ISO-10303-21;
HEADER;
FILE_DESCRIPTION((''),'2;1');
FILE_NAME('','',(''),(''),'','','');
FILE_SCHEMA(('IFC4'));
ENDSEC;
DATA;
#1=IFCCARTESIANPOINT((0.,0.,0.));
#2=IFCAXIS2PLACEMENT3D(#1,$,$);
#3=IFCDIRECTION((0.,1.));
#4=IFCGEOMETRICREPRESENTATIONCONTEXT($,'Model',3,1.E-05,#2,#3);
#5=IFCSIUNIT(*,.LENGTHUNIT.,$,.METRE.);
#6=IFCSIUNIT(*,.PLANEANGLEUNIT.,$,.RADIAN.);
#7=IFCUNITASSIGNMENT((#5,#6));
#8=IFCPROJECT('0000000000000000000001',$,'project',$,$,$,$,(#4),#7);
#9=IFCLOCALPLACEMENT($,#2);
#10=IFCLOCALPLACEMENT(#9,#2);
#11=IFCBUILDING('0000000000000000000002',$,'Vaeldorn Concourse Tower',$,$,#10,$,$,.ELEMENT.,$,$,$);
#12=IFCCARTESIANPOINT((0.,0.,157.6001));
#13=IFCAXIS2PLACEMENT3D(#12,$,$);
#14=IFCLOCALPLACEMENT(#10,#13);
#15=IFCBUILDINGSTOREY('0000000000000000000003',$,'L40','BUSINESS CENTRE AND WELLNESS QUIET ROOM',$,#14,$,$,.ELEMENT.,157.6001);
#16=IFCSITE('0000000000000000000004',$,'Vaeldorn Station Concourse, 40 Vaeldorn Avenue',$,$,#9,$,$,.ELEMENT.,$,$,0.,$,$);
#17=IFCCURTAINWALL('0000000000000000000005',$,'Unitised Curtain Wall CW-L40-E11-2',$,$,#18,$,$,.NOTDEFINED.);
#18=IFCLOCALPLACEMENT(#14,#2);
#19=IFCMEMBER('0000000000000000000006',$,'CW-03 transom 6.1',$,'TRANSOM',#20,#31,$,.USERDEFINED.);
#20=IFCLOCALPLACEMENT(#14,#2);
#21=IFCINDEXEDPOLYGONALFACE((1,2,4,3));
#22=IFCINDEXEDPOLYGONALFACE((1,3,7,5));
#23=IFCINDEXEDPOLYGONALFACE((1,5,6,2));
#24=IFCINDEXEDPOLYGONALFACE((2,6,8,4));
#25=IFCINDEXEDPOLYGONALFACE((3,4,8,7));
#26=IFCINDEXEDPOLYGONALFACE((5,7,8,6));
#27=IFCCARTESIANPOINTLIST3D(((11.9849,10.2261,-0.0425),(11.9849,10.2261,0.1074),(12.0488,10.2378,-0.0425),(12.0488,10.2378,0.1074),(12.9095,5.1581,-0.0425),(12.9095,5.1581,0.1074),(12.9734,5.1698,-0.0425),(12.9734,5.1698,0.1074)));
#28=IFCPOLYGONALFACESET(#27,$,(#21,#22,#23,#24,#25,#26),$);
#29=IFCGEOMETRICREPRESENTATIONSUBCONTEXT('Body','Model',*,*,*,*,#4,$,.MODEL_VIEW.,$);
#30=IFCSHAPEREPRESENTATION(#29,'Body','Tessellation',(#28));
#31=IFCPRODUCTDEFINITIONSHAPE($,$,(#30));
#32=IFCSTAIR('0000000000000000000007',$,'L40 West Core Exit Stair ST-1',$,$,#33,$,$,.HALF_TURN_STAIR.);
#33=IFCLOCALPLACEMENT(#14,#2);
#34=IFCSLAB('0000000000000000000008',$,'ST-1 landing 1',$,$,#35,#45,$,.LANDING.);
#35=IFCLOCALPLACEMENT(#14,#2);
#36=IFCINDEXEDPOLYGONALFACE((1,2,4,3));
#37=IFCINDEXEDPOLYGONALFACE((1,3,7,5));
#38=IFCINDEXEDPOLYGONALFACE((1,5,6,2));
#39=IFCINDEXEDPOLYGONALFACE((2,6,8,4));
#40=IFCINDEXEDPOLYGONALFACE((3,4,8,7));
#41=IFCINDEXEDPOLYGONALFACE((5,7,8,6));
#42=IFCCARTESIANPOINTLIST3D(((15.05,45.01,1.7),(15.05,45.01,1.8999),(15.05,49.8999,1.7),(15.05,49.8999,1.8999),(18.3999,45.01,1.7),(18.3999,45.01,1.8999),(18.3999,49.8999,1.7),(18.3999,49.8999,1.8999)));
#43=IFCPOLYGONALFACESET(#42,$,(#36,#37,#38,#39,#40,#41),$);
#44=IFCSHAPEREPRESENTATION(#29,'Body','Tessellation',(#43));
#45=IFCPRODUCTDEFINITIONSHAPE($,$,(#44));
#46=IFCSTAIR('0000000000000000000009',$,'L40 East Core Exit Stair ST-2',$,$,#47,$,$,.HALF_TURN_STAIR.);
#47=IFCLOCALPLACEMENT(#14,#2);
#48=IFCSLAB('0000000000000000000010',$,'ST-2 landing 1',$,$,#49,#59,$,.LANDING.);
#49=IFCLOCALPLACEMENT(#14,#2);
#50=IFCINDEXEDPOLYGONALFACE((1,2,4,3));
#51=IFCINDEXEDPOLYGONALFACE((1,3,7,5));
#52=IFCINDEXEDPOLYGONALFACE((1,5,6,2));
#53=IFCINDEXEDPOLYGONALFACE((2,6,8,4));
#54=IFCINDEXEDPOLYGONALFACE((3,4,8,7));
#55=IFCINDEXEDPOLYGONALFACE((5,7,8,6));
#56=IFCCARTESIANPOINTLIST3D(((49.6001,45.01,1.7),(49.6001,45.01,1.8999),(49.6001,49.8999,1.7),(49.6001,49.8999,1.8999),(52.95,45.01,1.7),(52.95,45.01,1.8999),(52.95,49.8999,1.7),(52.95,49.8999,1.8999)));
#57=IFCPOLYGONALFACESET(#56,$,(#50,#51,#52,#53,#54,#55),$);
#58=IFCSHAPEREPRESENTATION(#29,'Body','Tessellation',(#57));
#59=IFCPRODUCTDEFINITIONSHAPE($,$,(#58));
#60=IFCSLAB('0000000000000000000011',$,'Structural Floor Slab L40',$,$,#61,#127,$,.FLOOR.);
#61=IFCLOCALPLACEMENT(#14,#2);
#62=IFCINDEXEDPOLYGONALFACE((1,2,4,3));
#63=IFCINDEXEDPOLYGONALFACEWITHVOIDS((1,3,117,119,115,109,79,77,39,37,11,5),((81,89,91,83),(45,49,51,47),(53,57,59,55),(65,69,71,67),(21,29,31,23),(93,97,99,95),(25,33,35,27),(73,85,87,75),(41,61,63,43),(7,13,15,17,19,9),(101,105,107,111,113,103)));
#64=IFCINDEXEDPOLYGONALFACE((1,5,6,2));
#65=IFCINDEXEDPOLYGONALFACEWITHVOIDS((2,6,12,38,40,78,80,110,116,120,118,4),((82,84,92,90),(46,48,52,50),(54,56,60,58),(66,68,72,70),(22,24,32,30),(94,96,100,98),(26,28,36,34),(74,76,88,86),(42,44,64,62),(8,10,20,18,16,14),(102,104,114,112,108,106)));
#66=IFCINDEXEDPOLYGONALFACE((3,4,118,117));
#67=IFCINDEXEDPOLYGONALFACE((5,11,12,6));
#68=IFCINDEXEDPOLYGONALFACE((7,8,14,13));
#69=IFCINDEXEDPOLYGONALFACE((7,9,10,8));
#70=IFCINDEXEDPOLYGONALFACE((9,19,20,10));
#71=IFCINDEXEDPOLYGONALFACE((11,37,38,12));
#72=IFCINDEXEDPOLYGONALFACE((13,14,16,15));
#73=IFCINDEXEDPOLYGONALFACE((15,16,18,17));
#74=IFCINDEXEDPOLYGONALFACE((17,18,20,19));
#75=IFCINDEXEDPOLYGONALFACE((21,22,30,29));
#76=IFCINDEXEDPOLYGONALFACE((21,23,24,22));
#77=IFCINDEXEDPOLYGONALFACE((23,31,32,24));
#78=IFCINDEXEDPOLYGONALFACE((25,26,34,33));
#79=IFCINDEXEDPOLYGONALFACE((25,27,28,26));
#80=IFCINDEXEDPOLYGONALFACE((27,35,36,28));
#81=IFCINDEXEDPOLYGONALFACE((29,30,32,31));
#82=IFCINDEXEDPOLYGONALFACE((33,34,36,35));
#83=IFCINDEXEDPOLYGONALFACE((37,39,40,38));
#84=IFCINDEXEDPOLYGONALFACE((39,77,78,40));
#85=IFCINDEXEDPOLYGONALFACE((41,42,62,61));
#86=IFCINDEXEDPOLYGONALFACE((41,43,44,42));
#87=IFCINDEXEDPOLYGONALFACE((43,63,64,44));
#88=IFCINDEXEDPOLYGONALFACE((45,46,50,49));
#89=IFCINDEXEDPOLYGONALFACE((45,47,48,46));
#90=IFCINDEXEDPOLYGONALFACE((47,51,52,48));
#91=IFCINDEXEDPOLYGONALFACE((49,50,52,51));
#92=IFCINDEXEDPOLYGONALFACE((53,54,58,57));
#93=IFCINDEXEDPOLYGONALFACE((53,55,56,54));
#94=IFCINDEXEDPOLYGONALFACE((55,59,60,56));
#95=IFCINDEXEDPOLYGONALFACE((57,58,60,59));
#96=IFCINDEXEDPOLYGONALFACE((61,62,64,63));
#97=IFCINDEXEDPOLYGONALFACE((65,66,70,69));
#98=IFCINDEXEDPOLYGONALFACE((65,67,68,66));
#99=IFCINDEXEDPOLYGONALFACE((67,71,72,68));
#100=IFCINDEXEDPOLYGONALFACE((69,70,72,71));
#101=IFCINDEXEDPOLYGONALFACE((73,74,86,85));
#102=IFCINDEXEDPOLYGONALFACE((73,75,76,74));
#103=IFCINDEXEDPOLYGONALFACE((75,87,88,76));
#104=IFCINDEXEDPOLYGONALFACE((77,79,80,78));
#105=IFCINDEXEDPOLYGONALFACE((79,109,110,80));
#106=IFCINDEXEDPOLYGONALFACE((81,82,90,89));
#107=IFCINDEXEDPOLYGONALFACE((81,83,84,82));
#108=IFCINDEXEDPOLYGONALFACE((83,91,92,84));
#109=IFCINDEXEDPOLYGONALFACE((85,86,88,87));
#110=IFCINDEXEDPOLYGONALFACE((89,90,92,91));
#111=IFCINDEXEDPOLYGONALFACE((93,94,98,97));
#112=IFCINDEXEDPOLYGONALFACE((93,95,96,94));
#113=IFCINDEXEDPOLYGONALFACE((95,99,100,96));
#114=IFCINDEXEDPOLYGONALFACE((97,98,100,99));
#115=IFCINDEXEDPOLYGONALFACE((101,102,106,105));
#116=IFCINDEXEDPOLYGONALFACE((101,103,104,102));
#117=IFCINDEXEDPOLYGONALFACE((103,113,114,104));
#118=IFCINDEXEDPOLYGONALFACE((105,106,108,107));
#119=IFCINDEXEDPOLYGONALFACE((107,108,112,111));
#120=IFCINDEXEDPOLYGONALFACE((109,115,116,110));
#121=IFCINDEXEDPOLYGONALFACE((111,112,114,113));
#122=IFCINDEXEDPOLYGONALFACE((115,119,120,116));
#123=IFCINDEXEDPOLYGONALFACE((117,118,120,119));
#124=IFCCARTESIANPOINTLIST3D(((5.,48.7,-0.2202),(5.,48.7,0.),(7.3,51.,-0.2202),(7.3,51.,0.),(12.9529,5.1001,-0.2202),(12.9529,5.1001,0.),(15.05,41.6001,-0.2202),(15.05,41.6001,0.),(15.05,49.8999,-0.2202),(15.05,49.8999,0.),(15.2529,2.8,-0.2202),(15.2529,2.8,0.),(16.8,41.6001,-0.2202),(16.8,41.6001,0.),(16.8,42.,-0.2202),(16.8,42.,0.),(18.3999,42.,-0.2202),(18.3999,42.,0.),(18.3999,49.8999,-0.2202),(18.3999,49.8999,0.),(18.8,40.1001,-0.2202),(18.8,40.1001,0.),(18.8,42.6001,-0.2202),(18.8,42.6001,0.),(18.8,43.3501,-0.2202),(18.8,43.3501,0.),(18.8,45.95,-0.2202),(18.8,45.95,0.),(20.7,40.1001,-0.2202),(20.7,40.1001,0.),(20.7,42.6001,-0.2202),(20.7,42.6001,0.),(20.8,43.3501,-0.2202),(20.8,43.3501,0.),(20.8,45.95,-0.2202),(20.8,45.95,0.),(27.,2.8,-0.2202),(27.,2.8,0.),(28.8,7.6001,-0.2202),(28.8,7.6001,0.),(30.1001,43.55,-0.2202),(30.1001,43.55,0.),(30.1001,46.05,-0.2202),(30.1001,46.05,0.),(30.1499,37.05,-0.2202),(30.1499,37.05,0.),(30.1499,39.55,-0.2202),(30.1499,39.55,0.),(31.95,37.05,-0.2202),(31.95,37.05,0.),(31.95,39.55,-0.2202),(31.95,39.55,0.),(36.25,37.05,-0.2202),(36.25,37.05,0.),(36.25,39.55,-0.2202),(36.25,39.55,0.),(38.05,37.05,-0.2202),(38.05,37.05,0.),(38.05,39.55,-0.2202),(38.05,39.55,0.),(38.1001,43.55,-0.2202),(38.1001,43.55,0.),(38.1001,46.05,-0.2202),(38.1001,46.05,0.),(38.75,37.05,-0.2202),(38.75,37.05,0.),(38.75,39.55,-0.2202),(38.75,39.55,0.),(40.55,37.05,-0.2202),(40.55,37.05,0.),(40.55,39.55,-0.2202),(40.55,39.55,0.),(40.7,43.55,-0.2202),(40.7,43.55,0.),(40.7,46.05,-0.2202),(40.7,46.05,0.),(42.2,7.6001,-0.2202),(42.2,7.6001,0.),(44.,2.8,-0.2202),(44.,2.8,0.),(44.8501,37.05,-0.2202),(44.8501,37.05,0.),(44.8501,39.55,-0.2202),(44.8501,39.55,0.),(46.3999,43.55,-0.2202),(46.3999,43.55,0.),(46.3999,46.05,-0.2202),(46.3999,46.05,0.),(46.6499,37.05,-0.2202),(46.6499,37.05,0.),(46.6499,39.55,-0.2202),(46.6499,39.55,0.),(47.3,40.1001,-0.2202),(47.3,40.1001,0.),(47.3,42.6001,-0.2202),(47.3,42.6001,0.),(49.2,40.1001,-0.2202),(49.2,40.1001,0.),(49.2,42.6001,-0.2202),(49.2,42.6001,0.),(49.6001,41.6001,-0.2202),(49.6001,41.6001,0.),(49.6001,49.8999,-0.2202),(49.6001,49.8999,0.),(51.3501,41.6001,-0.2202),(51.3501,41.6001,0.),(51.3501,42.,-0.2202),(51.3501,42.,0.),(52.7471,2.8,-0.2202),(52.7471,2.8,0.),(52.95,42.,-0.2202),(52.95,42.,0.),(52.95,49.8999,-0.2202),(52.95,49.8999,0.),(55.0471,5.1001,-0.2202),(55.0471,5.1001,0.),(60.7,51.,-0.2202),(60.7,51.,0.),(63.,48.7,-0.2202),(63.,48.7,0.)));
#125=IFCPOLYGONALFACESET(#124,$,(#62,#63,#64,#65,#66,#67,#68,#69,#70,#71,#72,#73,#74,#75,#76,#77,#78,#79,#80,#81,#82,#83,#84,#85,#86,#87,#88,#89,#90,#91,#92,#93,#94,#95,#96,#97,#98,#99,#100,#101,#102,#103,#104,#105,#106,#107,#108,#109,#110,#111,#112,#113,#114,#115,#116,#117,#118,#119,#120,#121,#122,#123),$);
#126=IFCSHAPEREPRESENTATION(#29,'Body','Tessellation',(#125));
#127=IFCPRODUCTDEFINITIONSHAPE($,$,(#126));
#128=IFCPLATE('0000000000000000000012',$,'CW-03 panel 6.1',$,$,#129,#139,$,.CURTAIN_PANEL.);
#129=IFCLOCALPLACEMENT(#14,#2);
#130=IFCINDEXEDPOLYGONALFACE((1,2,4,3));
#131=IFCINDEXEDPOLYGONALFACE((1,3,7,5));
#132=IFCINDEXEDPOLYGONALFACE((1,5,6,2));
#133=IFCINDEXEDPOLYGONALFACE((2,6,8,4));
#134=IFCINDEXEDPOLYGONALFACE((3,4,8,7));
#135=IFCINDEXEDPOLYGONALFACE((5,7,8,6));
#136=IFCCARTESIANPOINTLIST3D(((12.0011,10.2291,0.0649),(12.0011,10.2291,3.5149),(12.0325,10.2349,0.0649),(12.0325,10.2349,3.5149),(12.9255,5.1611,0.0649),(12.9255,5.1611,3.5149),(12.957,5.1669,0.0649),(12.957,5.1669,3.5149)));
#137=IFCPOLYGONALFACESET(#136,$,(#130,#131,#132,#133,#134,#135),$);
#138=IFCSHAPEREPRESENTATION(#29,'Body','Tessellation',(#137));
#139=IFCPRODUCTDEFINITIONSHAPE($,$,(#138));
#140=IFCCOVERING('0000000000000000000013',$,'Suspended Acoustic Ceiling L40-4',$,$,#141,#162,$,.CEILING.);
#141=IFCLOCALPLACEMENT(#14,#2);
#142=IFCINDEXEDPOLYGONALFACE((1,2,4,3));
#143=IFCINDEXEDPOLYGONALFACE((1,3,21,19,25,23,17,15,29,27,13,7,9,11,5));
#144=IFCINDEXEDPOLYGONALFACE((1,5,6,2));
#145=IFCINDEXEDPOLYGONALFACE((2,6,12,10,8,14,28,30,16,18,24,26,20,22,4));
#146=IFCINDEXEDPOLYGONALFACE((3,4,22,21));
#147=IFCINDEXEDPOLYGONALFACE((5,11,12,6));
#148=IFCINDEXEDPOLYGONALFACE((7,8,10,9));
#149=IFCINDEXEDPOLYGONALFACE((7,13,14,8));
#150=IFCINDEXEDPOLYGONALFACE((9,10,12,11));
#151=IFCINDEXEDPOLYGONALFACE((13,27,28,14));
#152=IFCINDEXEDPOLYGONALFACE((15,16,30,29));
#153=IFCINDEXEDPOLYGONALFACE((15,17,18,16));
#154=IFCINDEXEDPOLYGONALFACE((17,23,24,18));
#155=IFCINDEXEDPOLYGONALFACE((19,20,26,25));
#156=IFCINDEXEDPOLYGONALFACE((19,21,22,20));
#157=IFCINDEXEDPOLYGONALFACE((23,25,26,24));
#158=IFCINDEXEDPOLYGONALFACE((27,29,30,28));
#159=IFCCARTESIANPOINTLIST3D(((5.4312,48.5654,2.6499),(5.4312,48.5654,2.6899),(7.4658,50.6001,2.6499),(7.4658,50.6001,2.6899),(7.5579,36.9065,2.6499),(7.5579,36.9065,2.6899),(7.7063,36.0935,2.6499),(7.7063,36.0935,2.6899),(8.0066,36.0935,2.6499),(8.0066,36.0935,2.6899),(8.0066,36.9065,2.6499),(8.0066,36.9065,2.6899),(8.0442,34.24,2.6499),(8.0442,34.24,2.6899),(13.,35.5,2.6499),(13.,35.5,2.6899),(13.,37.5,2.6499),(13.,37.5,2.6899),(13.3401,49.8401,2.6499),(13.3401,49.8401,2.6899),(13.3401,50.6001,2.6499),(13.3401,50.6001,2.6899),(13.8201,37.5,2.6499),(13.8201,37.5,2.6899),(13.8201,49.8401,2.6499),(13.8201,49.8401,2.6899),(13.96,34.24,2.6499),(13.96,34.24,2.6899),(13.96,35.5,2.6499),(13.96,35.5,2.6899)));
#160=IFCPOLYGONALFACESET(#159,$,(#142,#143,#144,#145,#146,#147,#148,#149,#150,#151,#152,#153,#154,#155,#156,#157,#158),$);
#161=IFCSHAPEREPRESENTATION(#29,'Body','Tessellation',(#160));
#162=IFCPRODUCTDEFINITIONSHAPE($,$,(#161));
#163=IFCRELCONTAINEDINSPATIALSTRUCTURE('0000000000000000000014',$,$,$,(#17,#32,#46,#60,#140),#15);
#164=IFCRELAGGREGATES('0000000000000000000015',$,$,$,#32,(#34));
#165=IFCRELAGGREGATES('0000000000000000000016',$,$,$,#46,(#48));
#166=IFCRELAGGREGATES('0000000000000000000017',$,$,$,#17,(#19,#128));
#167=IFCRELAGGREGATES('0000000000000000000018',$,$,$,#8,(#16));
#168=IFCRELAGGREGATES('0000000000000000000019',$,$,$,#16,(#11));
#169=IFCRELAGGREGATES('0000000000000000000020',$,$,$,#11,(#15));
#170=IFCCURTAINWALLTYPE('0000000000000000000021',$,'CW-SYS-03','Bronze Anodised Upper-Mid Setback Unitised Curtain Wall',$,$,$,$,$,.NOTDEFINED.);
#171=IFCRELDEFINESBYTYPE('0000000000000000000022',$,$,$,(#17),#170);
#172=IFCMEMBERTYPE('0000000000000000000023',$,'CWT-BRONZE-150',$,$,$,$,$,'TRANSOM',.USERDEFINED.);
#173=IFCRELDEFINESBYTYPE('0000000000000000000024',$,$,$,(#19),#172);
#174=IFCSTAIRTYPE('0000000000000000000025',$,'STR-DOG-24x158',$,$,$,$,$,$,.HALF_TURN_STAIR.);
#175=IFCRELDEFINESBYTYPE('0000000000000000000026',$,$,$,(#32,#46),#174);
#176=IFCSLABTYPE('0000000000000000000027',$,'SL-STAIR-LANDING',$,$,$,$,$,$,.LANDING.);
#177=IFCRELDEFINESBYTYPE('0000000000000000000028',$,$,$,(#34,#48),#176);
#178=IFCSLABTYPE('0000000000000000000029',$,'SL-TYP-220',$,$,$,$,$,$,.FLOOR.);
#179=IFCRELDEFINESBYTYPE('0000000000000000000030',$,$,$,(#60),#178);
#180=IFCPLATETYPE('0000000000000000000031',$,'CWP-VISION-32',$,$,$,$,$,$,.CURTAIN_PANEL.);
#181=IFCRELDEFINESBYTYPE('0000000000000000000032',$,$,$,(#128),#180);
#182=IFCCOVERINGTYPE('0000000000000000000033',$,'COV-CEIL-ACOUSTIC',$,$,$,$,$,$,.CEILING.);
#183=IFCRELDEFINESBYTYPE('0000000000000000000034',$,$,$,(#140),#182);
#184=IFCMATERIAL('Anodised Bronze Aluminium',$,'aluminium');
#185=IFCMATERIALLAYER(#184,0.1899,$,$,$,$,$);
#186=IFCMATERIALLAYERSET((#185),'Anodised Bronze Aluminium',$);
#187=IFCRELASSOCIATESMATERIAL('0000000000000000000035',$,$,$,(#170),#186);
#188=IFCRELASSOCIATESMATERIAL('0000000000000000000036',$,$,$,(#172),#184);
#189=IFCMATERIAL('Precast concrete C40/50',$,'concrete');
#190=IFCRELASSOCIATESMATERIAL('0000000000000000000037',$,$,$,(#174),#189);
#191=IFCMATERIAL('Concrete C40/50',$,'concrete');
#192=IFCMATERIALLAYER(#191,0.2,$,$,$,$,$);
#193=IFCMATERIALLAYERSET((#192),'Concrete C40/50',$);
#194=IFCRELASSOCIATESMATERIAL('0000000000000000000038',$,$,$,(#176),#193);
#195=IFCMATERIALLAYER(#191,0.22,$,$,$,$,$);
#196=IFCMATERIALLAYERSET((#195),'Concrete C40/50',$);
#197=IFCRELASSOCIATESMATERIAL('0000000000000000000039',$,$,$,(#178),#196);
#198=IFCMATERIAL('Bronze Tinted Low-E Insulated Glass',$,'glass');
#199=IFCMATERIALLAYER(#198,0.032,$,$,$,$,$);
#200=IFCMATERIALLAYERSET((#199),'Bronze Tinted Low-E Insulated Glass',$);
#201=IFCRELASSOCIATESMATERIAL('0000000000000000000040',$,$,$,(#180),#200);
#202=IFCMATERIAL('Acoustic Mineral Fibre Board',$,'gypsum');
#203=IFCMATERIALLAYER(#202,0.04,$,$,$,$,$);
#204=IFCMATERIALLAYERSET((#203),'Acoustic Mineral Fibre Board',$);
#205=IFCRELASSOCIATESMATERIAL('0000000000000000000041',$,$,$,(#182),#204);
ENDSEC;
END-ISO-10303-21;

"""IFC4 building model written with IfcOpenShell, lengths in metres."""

from ifc_helpers import new_model, si_unit, direction, frame, origin, origin_2d, place, context, subcontext, project, spatial, polyline, rectangle, outline, extrude, source, transform, mapped, material, layer, layer_set, material_profile, profile_set, type_object, element, aggregate, save


model = new_model("IFC4")

# Units and contexts
model_context = context("Model", 3, precision=1e-05, world=origin(), true_north=direction((0.0, 1.0)))
body_context = subcontext(model_context, "Body", "Model", "MODEL_VIEW")
ifc_project = project(units=[si_unit("LENGTHUNIT", "METRE"), si_unit("PLANEANGLEUNIT", "RADIAN")], contexts=[model_context])

# Site, building, storey
site_placement = place(None, origin())
site = spatial("IfcSite", under=ifc_project, at=site_placement, Name="Vaeldorn Station Concourse, 40 Vaeldorn Avenue", CompositionType="ELEMENT", RefElevation=0.0)
building_placement = place(site_placement, origin())
building = spatial("IfcBuilding", under=site, at=building_placement, Name="Vaeldorn Concourse Tower", CompositionType="ELEMENT")
storey_placement = place(building_placement, frame((0.0, 0.0, 157.6001)))
storey = spatial("IfcBuildingStorey", under=building, at=storey_placement, Name="L40", Description="BUSINESS CENTRE AND WELLNESS QUIET ROOM", CompositionType="ELEMENT", Elevation=157.6001)

# Curtain wall, member
ifc_material_1 = material(Name="Anodised Bronze Aluminium", Category="aluminium")
ifc_layer_1 = layer(ifc_material_1, 0.1899)
ifc_layer_set_1 = layer_set([ifc_layer_1], Name="Anodised Bronze Aluminium")
curtain_wall_type = type_object("IfcCurtainWallType", Name="CW-SYS-03", Description="Bronze Anodised Upper-Mid Setback Unitised Curtain Wall", PredefinedType="NOTDEFINED", material=ifc_layer_set_1)
curtain_wall_placement = place(storey_placement, origin())
curtain_wall = element("IfcCurtainWall", 1, at=curtain_wall_placement, inside=storey, type_object=curtain_wall_type, Name="Unitised Curtain Wall CW-L40-E11-2", PredefinedType="NOTDEFINED")
ifc_material_profile = material_profile(ifc_material_1, rectangle(XDim=0.0649, YDim=0.1499, at=origin_2d()), Name="CWT 65x150")
ifc_profile_set = profile_set([ifc_material_profile], Name="Anodised Bronze Aluminium")
member_type = type_object("IfcMemberType", Name="CWT-BRONZE-150", ElementType="TRANSOM", PredefinedType="USERDEFINED", material=ifc_profile_set)
shared_shape_1 = source(origin(), body_context, "Body", "SweptSolid", [
    extrude(rectangle(XDim=0.0649, YDim=0.1499, at=origin_2d()), origin(), (0.0, 0.0, 1.0), 5.1516),
])
member_placement = place(storey_placement, frame((12.0168, 10.2319, 0.0325), z_axis=(0.179473, -0.983763, 0.0), x_axis=(0.983763, 0.179473, 0.0)))
member = element("IfcMember", 2, at=member_placement, type_object=member_type, Name="CW-03 transom 6.1", ObjectType="TRANSOM", PredefinedType="USERDEFINED", context=body_context, shape_type="MappedRepresentation", body=[
    mapped(shared_shape_1, transform((0.0, 0.0, 0.0), scale=1.0)),
])

# Stairs, slabs
ifc_material_2 = material(Name="Precast concrete C40/50", Category="concrete")
stair_type = type_object("IfcStairType", Name="STR-DOG-24x158", PredefinedType="HALF_TURN_STAIR", material=ifc_material_2)
stair_1_placement = place(storey_placement, origin())
stair_1 = element("IfcStair", 3, at=stair_1_placement, inside=storey, type_object=stair_type, Name="L40 West Core Exit Stair ST-1", PredefinedType="HALF_TURN_STAIR")
ifc_material_3 = material(Name="Concrete C40/50", Category="concrete")
ifc_layer_2 = layer(ifc_material_3, 0.2)
ifc_layer_set_2 = layer_set([ifc_layer_2], Name="Concrete C40/50")
slab_type_1 = type_object("IfcSlabType", Name="SL-STAIR-LANDING", PredefinedType="LANDING", material=ifc_layer_set_2)
slab_1_placement = place(storey_placement, frame((0.0, 0.0, 1.7)))
slab_1 = element("IfcSlab", 4, at=slab_1_placement, type_object=slab_type_1, Name="ST-1 landing 1", PredefinedType="LANDING", context=body_context, shape_type="SweptSolid", body=[
    extrude(outline(polyline([(18.3999, 45.01), (18.3999, 49.8999), (15.05, 49.8999), (15.05, 45.01), (18.3999, 45.01)])), origin(), (0.0, 0.0, 1.0), 0.2),
])
aggregate(stair_1, [slab_1])
stair_2_placement = place(storey_placement, origin())
stair_2 = element("IfcStair", 5, at=stair_2_placement, inside=storey, type_object=stair_type, Name="L40 East Core Exit Stair ST-2", PredefinedType="HALF_TURN_STAIR")
slab_2_placement = place(storey_placement, frame((0.0, 0.0, 1.7)))
slab_2 = element("IfcSlab", 6, at=slab_2_placement, type_object=slab_type_1, Name="ST-2 landing 1", PredefinedType="LANDING", context=body_context, shape_type="SweptSolid", body=[
    extrude(outline(polyline([(52.95, 45.01), (52.95, 49.8999), (49.6001, 49.8999), (49.6001, 45.01), (52.95, 45.01)])), origin(), (0.0, 0.0, 1.0), 0.2),
])
aggregate(stair_2, [slab_2])

# Slab
ifc_layer_3 = layer(ifc_material_3, 0.22)
ifc_layer_set_3 = layer_set([ifc_layer_3], Name="Concrete C40/50")
slab_type_2 = type_object("IfcSlabType", Name="SL-TYP-220", PredefinedType="FLOOR", material=ifc_layer_set_3)
slab_3_placement = place(storey_placement, frame((0.0, 0.0, -0.2202)))
element("IfcSlab", 7, at=slab_3_placement, inside=storey, type_object=slab_type_2, Name="Structural Floor Slab L40", PredefinedType="FLOOR", context=body_context, shape_type="SweptSolid", body=[
    extrude(outline(polyline([(15.2529, 2.8), (27.0, 2.8), (28.8, 7.6001), (42.2, 7.6001), (44.0, 2.8), (52.7471, 2.8), (55.0471, 5.1001), (63.0, 48.7), (60.7, 51.0), (7.3, 51.0), (5.0, 48.7), (12.9529, 5.1001), (15.2529, 2.8)]), holes=[polyline([(18.3999, 42.0), (18.3999, 49.8999), (15.05, 49.8999), (15.05, 41.6001), (16.8, 41.6001), (16.8, 42.0), (18.3999, 42.0)]), polyline([(52.95, 42.0), (52.95, 49.8999), (49.6001, 49.8999), (49.6001, 41.6001), (51.3501, 41.6001), (51.3501, 42.0), (52.95, 42.0)]), polyline([(30.1499, 37.05), (31.95, 37.05), (31.95, 39.55), (30.1499, 39.55), (30.1499, 37.05)]), polyline([(36.25, 37.05), (38.05, 37.05), (38.05, 39.55), (36.25, 39.55), (36.25, 37.05)]), polyline([(30.1001, 43.55), (38.1001, 43.55), (38.1001, 46.05), (30.1001, 46.05), (30.1001, 43.55)]), polyline([(38.75, 37.05), (40.55, 37.05), (40.55, 39.55), (38.75, 39.55), (38.75, 37.05)]), polyline([(44.8501, 37.05), (46.6499, 37.05), (46.6499, 39.55), (44.8501, 39.55), (44.8501, 37.05)]), polyline([(40.7, 43.55), (46.3999, 43.55), (46.3999, 46.05), (40.7, 46.05), (40.7, 43.55)]), polyline([(18.8, 43.3501), (20.8, 43.3501), (20.8, 45.95), (18.8, 45.95), (18.8, 43.3501)]), polyline([(18.8, 40.1001), (20.7, 40.1001), (20.7, 42.6001), (18.8, 42.6001), (18.8, 40.1001)]), polyline([(47.3, 40.1001), (49.2, 40.1001), (49.2, 42.6001), (47.3, 42.6001), (47.3, 40.1001)])]), origin(), (0.0, 0.0, 1.0), 0.2202),
])

# Plate
ifc_material_4 = material(Name="Bronze Tinted Low-E Insulated Glass", Category="glass")
ifc_layer_4 = layer(ifc_material_4, 0.032)
ifc_layer_set_4 = layer_set([ifc_layer_4], Name="Bronze Tinted Low-E Insulated Glass")
plate_type = type_object("IfcPlateType", Name="CWP-VISION-32", PredefinedType="CURTAIN_PANEL", material=ifc_layer_set_4)
shared_shape_2 = source(origin(), body_context, "Body", "SweptSolid", [
    extrude(rectangle(XDim=5.1516, YDim=0.032, at=origin_2d()), origin(), (0.0, 0.0, 1.0), 3.45),
])
plate_placement = place(storey_placement, frame((12.479, 7.698, 0.0649), z_axis=(0.0, 0.0, 1.0), x_axis=(0.179446, -0.983768, 0.0)))
plate = element("IfcPlate", 8, at=plate_placement, type_object=plate_type, Name="CW-03 panel 6.1", PredefinedType="CURTAIN_PANEL", context=body_context, shape_type="MappedRepresentation", body=[
    mapped(shared_shape_2, transform((0.0, 0.0, 0.0), scale=1.0)),
])
aggregate(curtain_wall, [member, plate])

# Covering
ifc_material_5 = material(Name="Acoustic Mineral Fibre Board", Category="gypsum")
ifc_layer_5 = layer(ifc_material_5, 0.04)
ifc_layer_set_5 = layer_set([ifc_layer_5], Name="Acoustic Mineral Fibre Board")
covering_type_1 = type_object("IfcCoveringType", Name="COV-CEIL-ACOUSTIC", PredefinedType="CEILING", material=ifc_layer_set_5)
covering_1_placement = place(storey_placement, frame((0.0, 0.0, 2.6499)))
element("IfcCovering", 9, at=covering_1_placement, inside=storey, type_object=covering_type_1, Name="Suspended Acoustic Ceiling L40-4", PredefinedType="CEILING", context=body_context, shape_type="SweptSolid", body=[
    extrude(outline(polyline([(7.4658, 50.6001), (13.3401, 50.6001), (13.3401, 49.8401), (13.8201, 49.8401), (13.8201, 37.5), (13.0, 37.5), (13.0, 35.5), (13.96, 35.5), (13.96, 34.24), (8.0442, 34.24), (7.7063, 36.0935), (8.0066, 36.0935), (8.0066, 36.9065), (7.5579, 36.9065), (5.4312, 48.5654), (7.4658, 50.6001)])), origin(), (0.0, 0.0, 1.0), 0.04),
])

save(model, "model.ifc")
